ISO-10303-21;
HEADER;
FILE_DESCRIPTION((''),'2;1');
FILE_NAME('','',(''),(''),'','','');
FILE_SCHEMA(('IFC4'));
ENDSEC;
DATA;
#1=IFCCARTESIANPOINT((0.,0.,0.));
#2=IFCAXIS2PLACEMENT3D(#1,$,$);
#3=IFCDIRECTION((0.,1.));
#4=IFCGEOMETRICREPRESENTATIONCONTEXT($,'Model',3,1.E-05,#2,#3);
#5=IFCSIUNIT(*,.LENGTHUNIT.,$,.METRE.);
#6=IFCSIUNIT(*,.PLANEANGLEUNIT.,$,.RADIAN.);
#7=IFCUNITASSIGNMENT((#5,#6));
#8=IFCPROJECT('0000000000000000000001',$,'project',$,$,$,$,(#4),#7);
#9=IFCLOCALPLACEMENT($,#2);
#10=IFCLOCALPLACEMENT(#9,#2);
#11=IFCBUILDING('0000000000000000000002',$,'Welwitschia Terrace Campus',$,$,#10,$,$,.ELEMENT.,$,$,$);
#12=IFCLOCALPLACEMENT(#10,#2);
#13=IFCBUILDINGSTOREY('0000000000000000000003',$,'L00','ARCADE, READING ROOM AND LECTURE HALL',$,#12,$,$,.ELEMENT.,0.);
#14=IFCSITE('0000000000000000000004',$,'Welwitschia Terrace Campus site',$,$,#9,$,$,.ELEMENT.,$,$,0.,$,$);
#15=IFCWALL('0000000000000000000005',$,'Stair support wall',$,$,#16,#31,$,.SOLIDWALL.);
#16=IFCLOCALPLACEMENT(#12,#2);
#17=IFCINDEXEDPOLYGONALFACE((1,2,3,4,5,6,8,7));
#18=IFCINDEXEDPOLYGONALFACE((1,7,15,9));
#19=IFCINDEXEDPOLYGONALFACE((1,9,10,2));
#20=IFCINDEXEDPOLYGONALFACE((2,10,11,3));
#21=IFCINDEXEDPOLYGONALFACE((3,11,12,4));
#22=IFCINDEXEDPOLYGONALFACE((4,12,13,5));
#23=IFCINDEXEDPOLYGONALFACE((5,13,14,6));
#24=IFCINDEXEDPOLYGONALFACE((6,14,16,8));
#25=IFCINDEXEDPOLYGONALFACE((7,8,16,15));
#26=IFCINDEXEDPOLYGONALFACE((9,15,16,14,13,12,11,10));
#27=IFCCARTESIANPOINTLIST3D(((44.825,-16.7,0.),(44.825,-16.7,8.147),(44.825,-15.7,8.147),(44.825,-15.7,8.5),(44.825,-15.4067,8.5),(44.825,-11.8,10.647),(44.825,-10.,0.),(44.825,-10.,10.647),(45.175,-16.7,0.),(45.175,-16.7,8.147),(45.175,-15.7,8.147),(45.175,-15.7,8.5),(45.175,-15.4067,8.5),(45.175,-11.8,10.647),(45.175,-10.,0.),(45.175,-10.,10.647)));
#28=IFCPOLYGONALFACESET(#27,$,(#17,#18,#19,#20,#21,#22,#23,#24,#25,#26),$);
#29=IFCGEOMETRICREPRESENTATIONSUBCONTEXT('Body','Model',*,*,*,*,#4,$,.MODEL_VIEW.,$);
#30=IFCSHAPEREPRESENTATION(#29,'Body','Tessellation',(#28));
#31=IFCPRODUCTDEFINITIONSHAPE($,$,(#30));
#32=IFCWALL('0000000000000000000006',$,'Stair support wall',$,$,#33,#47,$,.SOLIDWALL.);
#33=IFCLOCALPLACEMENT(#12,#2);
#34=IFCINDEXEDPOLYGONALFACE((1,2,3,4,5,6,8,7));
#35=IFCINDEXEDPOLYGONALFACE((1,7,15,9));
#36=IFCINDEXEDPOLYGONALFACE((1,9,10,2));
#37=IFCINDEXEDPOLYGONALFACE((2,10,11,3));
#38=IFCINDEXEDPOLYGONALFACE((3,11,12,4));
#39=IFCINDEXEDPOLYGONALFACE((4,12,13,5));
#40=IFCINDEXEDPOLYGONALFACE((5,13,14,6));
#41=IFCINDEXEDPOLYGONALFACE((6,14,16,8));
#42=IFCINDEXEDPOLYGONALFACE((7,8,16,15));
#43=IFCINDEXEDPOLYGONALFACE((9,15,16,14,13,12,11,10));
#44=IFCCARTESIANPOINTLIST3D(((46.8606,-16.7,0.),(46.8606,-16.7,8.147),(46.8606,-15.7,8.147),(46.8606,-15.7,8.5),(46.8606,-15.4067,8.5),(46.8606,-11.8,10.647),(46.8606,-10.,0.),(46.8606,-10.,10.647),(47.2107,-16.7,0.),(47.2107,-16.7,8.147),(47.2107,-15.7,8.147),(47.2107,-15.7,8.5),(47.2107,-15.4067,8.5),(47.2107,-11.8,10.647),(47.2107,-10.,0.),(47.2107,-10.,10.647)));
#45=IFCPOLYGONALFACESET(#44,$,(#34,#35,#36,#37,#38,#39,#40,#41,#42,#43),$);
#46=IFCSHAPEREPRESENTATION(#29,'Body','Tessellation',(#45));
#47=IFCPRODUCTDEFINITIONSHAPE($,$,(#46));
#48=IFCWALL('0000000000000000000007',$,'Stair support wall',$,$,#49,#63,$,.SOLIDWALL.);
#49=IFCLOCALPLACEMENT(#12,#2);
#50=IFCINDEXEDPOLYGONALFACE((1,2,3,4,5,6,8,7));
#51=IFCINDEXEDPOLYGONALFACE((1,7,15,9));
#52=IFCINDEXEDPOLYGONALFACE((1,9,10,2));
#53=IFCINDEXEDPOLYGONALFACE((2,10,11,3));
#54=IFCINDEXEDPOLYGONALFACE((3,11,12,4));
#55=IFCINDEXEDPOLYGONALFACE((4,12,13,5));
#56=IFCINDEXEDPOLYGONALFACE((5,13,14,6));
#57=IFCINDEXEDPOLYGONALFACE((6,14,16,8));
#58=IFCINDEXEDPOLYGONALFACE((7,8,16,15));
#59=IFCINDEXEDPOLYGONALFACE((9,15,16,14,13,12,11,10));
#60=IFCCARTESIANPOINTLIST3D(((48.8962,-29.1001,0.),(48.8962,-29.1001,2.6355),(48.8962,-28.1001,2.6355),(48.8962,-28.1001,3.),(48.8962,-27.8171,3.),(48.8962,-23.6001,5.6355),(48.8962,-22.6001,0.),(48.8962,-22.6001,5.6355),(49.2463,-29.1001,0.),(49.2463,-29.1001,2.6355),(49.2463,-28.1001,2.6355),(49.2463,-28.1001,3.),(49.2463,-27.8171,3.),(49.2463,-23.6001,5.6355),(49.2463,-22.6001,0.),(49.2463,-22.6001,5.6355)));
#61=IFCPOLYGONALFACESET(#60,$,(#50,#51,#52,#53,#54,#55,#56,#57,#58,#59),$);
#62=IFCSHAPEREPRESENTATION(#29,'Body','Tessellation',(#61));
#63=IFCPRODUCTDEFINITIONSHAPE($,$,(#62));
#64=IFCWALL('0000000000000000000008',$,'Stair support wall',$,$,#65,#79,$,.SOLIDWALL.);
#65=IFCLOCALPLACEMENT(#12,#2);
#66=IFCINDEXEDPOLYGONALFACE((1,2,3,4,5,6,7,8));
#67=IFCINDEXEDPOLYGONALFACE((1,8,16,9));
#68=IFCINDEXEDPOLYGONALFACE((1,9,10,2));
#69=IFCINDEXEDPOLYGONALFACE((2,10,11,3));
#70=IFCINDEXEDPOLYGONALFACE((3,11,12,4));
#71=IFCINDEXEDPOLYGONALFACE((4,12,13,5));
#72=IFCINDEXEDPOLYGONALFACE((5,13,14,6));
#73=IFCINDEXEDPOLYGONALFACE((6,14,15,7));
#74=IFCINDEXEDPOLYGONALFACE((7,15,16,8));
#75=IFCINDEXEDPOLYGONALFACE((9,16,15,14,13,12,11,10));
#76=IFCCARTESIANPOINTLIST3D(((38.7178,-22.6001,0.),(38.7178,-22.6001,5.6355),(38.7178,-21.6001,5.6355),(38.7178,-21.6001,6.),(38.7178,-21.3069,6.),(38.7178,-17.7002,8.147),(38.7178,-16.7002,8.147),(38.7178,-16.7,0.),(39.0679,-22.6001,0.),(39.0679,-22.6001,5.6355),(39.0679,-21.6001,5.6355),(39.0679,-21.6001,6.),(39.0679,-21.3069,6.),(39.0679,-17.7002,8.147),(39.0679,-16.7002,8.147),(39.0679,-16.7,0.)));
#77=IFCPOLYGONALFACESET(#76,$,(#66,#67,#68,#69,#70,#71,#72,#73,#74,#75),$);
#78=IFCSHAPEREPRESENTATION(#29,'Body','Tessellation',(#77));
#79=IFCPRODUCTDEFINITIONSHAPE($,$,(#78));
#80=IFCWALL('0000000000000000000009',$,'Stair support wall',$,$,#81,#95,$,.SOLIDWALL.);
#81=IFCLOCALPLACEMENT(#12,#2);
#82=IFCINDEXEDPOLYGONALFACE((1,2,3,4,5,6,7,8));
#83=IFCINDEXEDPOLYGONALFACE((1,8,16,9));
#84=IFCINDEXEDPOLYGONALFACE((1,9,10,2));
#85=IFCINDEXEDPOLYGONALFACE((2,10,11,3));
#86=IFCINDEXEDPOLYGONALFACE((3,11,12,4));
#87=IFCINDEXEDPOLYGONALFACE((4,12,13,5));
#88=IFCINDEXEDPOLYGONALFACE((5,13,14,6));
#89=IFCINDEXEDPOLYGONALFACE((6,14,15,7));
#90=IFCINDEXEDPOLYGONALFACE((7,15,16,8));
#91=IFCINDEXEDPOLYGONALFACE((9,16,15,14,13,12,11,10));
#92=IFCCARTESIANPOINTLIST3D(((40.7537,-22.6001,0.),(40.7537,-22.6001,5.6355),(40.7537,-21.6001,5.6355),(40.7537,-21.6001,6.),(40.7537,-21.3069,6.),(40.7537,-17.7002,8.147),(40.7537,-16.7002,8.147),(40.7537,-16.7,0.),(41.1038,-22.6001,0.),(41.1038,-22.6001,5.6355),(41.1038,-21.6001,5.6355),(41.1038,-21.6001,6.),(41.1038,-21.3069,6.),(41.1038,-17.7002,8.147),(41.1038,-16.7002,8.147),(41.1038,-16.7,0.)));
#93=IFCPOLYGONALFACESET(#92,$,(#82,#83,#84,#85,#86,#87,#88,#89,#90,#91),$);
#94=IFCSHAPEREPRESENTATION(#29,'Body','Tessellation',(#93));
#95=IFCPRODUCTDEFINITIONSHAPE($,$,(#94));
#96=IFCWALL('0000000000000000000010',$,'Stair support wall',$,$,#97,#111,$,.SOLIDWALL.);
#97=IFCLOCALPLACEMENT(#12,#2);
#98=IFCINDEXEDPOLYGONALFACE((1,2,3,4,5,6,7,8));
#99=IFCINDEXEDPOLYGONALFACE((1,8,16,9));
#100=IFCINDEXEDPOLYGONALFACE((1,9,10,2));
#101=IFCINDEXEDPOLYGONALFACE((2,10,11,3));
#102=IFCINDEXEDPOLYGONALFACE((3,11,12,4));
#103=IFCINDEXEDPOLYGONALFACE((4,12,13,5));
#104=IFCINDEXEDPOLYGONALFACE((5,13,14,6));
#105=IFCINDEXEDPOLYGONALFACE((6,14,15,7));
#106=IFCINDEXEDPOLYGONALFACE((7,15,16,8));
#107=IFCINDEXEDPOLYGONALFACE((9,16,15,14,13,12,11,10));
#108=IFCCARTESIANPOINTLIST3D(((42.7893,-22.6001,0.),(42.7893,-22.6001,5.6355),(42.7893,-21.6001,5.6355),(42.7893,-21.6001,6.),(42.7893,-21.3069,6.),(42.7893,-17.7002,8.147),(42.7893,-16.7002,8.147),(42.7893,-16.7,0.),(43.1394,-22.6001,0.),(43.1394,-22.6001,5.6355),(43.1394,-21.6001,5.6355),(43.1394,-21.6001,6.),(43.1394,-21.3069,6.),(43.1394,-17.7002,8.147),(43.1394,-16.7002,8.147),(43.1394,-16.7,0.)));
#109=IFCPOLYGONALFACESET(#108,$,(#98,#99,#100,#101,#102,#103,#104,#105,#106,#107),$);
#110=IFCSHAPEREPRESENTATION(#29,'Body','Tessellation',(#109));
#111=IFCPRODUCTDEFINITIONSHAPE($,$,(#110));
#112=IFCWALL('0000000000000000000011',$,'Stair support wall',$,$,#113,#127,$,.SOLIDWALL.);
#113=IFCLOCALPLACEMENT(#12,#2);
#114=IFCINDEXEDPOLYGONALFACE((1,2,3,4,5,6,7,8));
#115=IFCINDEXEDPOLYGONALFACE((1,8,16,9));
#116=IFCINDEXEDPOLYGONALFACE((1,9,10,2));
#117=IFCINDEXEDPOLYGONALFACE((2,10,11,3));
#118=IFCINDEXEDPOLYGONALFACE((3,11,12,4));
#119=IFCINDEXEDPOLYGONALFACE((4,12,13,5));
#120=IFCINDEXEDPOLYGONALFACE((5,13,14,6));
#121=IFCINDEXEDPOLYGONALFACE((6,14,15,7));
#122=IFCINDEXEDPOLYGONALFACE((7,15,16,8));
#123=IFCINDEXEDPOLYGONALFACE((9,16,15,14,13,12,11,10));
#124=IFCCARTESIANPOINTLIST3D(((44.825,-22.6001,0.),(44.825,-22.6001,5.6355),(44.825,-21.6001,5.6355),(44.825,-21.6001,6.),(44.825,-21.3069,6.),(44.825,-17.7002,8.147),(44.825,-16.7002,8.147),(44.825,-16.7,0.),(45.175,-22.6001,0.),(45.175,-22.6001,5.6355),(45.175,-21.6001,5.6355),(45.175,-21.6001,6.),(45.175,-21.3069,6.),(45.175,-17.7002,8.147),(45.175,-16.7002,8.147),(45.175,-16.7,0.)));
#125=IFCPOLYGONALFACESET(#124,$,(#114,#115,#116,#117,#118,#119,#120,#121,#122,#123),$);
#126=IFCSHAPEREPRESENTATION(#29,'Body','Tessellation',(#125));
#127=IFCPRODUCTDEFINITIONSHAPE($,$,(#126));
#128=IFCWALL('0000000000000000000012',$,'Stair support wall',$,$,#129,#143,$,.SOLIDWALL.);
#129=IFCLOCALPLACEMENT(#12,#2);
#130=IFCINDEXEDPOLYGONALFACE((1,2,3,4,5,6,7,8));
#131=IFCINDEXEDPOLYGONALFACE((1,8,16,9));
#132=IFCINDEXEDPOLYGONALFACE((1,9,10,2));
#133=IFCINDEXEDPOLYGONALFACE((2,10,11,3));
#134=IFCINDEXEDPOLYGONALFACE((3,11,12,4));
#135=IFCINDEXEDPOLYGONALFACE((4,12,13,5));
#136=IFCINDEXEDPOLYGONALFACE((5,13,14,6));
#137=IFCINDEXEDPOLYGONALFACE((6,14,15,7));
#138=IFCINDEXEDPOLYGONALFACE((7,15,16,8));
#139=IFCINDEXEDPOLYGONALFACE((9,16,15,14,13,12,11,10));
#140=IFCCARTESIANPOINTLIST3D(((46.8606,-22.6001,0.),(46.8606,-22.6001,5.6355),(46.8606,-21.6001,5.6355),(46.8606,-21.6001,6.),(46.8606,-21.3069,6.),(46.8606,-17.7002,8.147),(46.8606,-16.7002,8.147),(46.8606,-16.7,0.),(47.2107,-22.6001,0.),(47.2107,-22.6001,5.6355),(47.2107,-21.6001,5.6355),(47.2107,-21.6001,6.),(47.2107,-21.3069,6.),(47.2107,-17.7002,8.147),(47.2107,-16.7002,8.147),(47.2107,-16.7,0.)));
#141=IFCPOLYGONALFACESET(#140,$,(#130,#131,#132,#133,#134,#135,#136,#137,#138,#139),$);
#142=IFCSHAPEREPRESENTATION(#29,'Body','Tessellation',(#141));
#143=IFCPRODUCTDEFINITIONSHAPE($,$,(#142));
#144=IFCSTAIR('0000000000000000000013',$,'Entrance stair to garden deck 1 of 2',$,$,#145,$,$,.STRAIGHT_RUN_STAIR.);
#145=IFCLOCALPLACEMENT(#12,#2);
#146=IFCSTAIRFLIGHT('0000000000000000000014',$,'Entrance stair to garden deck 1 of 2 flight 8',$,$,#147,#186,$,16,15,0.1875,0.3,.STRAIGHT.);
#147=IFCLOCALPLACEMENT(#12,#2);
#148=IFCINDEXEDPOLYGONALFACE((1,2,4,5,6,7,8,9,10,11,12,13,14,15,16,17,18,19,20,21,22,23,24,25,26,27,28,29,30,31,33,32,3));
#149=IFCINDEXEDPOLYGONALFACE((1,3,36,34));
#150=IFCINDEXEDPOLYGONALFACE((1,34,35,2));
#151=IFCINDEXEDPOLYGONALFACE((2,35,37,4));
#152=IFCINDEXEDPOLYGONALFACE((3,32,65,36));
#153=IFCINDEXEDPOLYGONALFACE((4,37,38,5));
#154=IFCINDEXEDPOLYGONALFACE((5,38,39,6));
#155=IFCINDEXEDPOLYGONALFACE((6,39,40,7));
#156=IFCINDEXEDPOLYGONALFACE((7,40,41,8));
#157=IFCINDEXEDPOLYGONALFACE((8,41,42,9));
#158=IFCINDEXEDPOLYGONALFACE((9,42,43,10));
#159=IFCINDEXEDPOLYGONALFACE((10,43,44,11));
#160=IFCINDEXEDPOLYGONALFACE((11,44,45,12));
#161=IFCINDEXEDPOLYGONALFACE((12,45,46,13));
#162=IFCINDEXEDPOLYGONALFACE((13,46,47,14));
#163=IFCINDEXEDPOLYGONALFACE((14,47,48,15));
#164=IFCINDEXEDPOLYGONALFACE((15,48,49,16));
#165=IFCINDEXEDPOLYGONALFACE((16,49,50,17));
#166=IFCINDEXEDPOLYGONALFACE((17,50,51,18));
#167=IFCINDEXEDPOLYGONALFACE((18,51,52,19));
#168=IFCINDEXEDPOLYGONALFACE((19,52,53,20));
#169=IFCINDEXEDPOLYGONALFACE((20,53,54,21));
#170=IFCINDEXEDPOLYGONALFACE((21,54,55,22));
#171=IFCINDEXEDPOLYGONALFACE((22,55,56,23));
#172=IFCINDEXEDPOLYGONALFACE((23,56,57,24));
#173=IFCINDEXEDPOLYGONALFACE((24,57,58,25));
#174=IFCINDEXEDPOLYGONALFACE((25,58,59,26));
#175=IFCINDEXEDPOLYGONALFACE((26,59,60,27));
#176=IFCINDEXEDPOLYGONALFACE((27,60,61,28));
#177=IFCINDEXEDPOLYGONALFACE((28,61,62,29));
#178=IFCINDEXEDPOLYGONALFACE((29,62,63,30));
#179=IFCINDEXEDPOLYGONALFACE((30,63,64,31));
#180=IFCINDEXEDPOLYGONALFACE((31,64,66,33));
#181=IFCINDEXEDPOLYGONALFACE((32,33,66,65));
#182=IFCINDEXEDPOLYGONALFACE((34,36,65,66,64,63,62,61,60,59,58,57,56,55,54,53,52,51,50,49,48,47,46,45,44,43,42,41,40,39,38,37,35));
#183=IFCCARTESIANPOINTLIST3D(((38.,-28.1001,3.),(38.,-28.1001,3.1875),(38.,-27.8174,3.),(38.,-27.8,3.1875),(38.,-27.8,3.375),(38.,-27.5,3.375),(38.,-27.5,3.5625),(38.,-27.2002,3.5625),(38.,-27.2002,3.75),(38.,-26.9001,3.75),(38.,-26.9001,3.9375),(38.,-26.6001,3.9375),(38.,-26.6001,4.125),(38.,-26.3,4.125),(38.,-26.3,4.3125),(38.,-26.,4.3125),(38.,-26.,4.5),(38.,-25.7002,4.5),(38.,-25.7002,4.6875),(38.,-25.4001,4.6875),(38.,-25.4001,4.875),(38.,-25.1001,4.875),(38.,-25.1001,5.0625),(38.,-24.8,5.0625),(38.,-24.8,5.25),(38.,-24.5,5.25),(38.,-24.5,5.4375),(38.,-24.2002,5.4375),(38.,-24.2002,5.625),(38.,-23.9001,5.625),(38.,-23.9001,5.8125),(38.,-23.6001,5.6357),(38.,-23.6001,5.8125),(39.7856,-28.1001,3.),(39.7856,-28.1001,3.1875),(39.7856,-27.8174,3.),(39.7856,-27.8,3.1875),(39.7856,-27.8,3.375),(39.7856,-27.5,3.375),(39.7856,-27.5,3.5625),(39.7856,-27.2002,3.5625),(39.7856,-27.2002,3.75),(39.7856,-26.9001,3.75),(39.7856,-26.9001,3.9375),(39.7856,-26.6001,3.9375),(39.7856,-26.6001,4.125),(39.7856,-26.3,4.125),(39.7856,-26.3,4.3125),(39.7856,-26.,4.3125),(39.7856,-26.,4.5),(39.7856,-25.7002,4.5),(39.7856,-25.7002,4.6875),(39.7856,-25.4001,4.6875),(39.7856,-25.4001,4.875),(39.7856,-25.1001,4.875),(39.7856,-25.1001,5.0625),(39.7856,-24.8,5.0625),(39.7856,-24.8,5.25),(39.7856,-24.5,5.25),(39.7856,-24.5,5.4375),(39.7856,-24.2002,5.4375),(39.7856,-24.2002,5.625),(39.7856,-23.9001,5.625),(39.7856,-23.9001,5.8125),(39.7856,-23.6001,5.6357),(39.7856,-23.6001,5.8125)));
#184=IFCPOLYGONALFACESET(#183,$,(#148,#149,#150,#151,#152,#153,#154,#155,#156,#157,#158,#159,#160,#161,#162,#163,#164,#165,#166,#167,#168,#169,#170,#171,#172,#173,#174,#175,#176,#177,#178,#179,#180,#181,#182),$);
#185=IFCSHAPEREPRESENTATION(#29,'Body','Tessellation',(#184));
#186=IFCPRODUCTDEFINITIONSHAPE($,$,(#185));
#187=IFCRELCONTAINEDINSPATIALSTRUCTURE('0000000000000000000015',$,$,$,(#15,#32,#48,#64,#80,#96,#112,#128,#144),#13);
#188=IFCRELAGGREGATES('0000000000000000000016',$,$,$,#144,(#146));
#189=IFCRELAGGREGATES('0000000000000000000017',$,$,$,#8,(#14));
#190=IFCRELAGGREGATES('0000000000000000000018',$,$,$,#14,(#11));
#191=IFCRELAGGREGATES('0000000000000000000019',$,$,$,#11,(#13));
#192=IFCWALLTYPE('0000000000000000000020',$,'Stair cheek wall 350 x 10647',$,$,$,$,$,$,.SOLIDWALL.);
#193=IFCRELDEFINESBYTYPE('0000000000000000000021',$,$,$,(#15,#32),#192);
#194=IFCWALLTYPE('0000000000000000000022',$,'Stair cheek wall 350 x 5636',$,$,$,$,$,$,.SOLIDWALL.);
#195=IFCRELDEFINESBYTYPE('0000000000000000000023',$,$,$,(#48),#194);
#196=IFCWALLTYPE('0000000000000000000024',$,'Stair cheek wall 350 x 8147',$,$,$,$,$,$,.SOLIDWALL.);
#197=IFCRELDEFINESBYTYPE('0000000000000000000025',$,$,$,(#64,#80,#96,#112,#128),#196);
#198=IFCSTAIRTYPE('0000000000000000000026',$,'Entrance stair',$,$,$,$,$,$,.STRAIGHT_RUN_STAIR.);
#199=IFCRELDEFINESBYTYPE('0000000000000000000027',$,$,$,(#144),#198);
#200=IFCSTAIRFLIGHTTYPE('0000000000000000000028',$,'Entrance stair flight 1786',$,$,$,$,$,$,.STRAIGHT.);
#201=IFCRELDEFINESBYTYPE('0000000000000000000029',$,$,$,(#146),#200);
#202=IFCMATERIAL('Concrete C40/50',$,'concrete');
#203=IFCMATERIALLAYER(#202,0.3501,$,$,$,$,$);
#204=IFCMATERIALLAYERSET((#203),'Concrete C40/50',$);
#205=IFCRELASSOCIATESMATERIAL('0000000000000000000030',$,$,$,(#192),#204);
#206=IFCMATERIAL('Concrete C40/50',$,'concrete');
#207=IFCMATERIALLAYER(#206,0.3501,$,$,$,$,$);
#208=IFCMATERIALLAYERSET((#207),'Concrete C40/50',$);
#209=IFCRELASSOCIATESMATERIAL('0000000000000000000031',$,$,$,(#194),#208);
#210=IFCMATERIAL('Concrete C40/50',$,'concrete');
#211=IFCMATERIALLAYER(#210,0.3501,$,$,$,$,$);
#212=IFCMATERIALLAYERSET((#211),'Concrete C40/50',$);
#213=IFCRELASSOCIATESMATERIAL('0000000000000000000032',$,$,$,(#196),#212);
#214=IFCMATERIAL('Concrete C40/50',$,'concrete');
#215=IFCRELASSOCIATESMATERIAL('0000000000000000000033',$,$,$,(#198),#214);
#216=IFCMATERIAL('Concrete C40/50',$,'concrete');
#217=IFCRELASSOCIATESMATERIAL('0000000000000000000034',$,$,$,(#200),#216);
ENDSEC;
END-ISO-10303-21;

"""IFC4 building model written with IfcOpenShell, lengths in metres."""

from ifc_helpers import new_model, si_unit, direction, frame, origin, place, context, subcontext, project, spatial, polyline, outline, extrude, material, layer, layer_set, type_object, element, aggregate, save


model = new_model("IFC4")

# Units and contexts
model_context = context("Model", 3, precision=1e-05, world=origin(), true_north=direction((0.0, 1.0)))
body_context = subcontext(model_context, "Body", "Model", "MODEL_VIEW")
ifc_project = project(units=[si_unit("LENGTHUNIT", "METRE"), si_unit("PLANEANGLEUNIT", "RADIAN")], contexts=[model_context])

# Site, building, storey
site_placement = place(None, origin())
site = spatial("IfcSite", under=ifc_project, at=site_placement, Name="Welwitschia Terrace Campus site", CompositionType="ELEMENT", RefElevation=0.0)
building_placement = place(site_placement, origin())
building = spatial("IfcBuilding", under=site, at=building_placement, Name="Welwitschia Terrace Campus", CompositionType="ELEMENT")
storey_placement = place(building_placement, origin())
storey = spatial("IfcBuildingStorey", under=building, at=storey_placement, Name="L00", Description="ARCADE, READING ROOM AND LECTURE HALL", CompositionType="ELEMENT", Elevation=0.0)

# Walls
ifc_material_1 = material(Name="Concrete C40/50", Category="concrete")
ifc_layer_1 = layer(ifc_material_1, 0.3501)
ifc_layer_set_1 = layer_set([ifc_layer_1], Name="Concrete C40/50")
wall_type_1 = type_object("IfcWallType", Name="Stair cheek wall 350 x 10647", PredefinedType="SOLIDWALL", material=ifc_layer_set_1)
for number, where, z_axis, x_axis, name in (
    (1, (45.0, -16.7, 0.0), (0.0, 0.0, 1.0), (0.0, 1.0, 0.0), "Stair support wall"),
    (2, (47.0356, -16.7, 0.0), (0.0, 0.0, 1.0), (0.0, 1.0, 0.0), "Stair support wall"),
):
    element("IfcWall", number, at=place(storey_placement, frame(where, z_axis=z_axis, x_axis=x_axis)), inside=storey, type_object=wall_type_1, Name=name, PredefinedType="SOLIDWALL", context=body_context, shape_type="SweptSolid", body=[
        extrude(outline(polyline([(0.0, 0.0), (6.7, 0.0), (6.7, 10.647), (4.8999, 10.647), (1.2932, 8.5), (1.0, 8.5), (1.0, 8.147), (0.0, 8.147), (0.0, 0.0)])), frame((0.0, 0.175, 0.0), z_axis=(0.0, -1.0, 0.0), x_axis=(1.0, 0.0, 0.0)), (0.0, 0.0, 1.0), 0.3501),
    ])
ifc_material_2 = material(Name="Concrete C40/50", Category="concrete")
ifc_layer_2 = layer(ifc_material_2, 0.3501)
ifc_layer_set_2 = layer_set([ifc_layer_2], Name="Concrete C40/50")
wall_type_2 = type_object("IfcWallType", Name="Stair cheek wall 350 x 5636", PredefinedType="SOLIDWALL", material=ifc_layer_set_2)
wall_placement = place(storey_placement, frame((49.0713, -29.1001, 0.0), z_axis=(0.0, 0.0, 1.0), x_axis=(0.0, 1.0, 0.0)))
element("IfcWall", 3, at=wall_placement, inside=storey, type_object=wall_type_2, Name="Stair support wall", PredefinedType="SOLIDWALL", context=body_context, shape_type="SweptSolid", body=[
    extrude(outline(polyline([(0.0, 0.0), (6.5, 0.0), (6.5, 5.6355), (5.5, 5.6355), (1.283, 3.0), (1.0, 3.0), (1.0, 2.6355), (0.0, 2.6355), (0.0, 0.0)])), frame((0.0, 0.175, 0.0), z_axis=(0.0, -1.0, 0.0), x_axis=(1.0, 0.0, 0.0)), (0.0, 0.0, 1.0), 0.3501),
])
ifc_material_3 = material(Name="Concrete C40/50", Category="concrete")
ifc_layer_3 = layer(ifc_material_3, 0.3501)
ifc_layer_set_3 = layer_set([ifc_layer_3], Name="Concrete C40/50")
wall_type_3 = type_object("IfcWallType", Name="Stair cheek wall 350 x 8147", PredefinedType="SOLIDWALL", material=ifc_layer_set_3)
for number, where, z_axis, x_axis, name in (
    (4, (38.8928, -22.6001, 0.0), (0.0, 0.0, 1.0), (0.0, 1.0, 0.0), "Stair support wall"),
    (5, (40.9287, -22.6001, 0.0), (0.0, 0.0, 1.0), (0.0, 1.0, 0.0), "Stair support wall"),
    (6, (42.9644, -22.6001, 0.0), (0.0, 0.0, 1.0), (0.0, 1.0, 0.0), "Stair support wall"),
    (7, (45.0, -22.6001, 0.0), (0.0, 0.0, 1.0), (0.0, 1.0, 0.0), "Stair support wall"),
    (8, (47.0356, -22.6001, 0.0), (0.0, 0.0, 1.0), (0.0, 1.0, 0.0), "Stair support wall"),
):
    element("IfcWall", number, at=place(storey_placement, frame(where, z_axis=z_axis, x_axis=x_axis)), inside=storey, type_object=wall_type_3, Name=name, PredefinedType="SOLIDWALL", context=body_context, shape_type="SweptSolid", body=[
        extrude(outline(polyline([(0.0, 0.0), (5.9001, 0.0), (5.8999, 8.147), (4.8999, 8.147), (1.2932, 6.0), (1.0, 6.0), (1.0, 5.6355), (0.0, 5.6355), (0.0, 0.0)])), frame((0.0, 0.175, 0.0), z_axis=(0.0, -1.0, 0.0), x_axis=(1.0, 0.0, 0.0)), (0.0, 0.0, 1.0), 0.3501),
    ])

# Stair, stair flight
ifc_material_4 = material(Name="Concrete C40/50", Category="concrete")
stair_type = type_object("IfcStairType", Name="Entrance stair", PredefinedType="STRAIGHT_RUN_STAIR", material=ifc_material_4)
stair_placement = place(storey_placement, origin())
stair = element("IfcStair", 9, at=stair_placement, inside=storey, type_object=stair_type, Name="Entrance stair to garden deck 1 of 2", PredefinedType="STRAIGHT_RUN_STAIR")
ifc_material_5 = material(Name="Concrete C40/50", Category="concrete")
stair_flight_type = type_object("IfcStairFlightType", Name="Entrance stair flight 1786", PredefinedType="STRAIGHT", material=ifc_material_5)
stair_flight_1_placement = place(storey_placement, frame((38.8928, -28.1001, 3.0), z_axis=(0.0, 0.0, 1.0), x_axis=(0.0, 1.0, 0.0)))
stair_flight_1 = element("IfcStairFlight", 10, at=stair_flight_1_placement, type_object=stair_flight_type, Name="Entrance stair to garden deck 1 of 2 flight 8", NumberOfRisers=16, NumberOfTreads=15, PredefinedType="STRAIGHT", RiserHeight=0.1875, TreadLength=0.3, context=body_context, shape_type="SweptSolid", body=[
    extrude(outline(polyline([(0.0, 0.0), (0.0, 0.1875), (0.3, 0.1875), (0.3, 0.375), (0.6001, 0.375), (0.6001, 0.5625), (0.8999, 0.5625), (0.8999, 0.75), (1.2, 0.75), (1.2, 0.9375), (1.5, 0.9375), (1.5, 1.125), (1.8, 1.125), (1.8, 1.3125), (2.1001, 1.3125), (2.1001, 1.5), (2.3999, 1.5), (2.3999, 1.6875), (2.7, 1.6875), (2.7, 1.875), (3.0, 1.875), (3.0, 2.0625), (3.3, 2.0625), (3.3, 2.25), (3.6001, 2.25), (3.6001, 2.4375), (3.8999, 2.4375), (3.8999, 2.625), (4.2, 2.625), (4.2, 2.8125), (4.5, 2.8125), (4.5, 3.0), (4.5, 2.6357), (0.2827, 0.0), (0.0, 0.0)])), frame((0.0, 0.8928, 0.0), z_axis=(0.0, -1.0, 0.0), x_axis=(1.0, 0.0, 0.0)), (0.0, 0.0, 1.0), 1.7856),
])
aggregate(stair, [stair_flight_1])

save(model, "model.ifc")
